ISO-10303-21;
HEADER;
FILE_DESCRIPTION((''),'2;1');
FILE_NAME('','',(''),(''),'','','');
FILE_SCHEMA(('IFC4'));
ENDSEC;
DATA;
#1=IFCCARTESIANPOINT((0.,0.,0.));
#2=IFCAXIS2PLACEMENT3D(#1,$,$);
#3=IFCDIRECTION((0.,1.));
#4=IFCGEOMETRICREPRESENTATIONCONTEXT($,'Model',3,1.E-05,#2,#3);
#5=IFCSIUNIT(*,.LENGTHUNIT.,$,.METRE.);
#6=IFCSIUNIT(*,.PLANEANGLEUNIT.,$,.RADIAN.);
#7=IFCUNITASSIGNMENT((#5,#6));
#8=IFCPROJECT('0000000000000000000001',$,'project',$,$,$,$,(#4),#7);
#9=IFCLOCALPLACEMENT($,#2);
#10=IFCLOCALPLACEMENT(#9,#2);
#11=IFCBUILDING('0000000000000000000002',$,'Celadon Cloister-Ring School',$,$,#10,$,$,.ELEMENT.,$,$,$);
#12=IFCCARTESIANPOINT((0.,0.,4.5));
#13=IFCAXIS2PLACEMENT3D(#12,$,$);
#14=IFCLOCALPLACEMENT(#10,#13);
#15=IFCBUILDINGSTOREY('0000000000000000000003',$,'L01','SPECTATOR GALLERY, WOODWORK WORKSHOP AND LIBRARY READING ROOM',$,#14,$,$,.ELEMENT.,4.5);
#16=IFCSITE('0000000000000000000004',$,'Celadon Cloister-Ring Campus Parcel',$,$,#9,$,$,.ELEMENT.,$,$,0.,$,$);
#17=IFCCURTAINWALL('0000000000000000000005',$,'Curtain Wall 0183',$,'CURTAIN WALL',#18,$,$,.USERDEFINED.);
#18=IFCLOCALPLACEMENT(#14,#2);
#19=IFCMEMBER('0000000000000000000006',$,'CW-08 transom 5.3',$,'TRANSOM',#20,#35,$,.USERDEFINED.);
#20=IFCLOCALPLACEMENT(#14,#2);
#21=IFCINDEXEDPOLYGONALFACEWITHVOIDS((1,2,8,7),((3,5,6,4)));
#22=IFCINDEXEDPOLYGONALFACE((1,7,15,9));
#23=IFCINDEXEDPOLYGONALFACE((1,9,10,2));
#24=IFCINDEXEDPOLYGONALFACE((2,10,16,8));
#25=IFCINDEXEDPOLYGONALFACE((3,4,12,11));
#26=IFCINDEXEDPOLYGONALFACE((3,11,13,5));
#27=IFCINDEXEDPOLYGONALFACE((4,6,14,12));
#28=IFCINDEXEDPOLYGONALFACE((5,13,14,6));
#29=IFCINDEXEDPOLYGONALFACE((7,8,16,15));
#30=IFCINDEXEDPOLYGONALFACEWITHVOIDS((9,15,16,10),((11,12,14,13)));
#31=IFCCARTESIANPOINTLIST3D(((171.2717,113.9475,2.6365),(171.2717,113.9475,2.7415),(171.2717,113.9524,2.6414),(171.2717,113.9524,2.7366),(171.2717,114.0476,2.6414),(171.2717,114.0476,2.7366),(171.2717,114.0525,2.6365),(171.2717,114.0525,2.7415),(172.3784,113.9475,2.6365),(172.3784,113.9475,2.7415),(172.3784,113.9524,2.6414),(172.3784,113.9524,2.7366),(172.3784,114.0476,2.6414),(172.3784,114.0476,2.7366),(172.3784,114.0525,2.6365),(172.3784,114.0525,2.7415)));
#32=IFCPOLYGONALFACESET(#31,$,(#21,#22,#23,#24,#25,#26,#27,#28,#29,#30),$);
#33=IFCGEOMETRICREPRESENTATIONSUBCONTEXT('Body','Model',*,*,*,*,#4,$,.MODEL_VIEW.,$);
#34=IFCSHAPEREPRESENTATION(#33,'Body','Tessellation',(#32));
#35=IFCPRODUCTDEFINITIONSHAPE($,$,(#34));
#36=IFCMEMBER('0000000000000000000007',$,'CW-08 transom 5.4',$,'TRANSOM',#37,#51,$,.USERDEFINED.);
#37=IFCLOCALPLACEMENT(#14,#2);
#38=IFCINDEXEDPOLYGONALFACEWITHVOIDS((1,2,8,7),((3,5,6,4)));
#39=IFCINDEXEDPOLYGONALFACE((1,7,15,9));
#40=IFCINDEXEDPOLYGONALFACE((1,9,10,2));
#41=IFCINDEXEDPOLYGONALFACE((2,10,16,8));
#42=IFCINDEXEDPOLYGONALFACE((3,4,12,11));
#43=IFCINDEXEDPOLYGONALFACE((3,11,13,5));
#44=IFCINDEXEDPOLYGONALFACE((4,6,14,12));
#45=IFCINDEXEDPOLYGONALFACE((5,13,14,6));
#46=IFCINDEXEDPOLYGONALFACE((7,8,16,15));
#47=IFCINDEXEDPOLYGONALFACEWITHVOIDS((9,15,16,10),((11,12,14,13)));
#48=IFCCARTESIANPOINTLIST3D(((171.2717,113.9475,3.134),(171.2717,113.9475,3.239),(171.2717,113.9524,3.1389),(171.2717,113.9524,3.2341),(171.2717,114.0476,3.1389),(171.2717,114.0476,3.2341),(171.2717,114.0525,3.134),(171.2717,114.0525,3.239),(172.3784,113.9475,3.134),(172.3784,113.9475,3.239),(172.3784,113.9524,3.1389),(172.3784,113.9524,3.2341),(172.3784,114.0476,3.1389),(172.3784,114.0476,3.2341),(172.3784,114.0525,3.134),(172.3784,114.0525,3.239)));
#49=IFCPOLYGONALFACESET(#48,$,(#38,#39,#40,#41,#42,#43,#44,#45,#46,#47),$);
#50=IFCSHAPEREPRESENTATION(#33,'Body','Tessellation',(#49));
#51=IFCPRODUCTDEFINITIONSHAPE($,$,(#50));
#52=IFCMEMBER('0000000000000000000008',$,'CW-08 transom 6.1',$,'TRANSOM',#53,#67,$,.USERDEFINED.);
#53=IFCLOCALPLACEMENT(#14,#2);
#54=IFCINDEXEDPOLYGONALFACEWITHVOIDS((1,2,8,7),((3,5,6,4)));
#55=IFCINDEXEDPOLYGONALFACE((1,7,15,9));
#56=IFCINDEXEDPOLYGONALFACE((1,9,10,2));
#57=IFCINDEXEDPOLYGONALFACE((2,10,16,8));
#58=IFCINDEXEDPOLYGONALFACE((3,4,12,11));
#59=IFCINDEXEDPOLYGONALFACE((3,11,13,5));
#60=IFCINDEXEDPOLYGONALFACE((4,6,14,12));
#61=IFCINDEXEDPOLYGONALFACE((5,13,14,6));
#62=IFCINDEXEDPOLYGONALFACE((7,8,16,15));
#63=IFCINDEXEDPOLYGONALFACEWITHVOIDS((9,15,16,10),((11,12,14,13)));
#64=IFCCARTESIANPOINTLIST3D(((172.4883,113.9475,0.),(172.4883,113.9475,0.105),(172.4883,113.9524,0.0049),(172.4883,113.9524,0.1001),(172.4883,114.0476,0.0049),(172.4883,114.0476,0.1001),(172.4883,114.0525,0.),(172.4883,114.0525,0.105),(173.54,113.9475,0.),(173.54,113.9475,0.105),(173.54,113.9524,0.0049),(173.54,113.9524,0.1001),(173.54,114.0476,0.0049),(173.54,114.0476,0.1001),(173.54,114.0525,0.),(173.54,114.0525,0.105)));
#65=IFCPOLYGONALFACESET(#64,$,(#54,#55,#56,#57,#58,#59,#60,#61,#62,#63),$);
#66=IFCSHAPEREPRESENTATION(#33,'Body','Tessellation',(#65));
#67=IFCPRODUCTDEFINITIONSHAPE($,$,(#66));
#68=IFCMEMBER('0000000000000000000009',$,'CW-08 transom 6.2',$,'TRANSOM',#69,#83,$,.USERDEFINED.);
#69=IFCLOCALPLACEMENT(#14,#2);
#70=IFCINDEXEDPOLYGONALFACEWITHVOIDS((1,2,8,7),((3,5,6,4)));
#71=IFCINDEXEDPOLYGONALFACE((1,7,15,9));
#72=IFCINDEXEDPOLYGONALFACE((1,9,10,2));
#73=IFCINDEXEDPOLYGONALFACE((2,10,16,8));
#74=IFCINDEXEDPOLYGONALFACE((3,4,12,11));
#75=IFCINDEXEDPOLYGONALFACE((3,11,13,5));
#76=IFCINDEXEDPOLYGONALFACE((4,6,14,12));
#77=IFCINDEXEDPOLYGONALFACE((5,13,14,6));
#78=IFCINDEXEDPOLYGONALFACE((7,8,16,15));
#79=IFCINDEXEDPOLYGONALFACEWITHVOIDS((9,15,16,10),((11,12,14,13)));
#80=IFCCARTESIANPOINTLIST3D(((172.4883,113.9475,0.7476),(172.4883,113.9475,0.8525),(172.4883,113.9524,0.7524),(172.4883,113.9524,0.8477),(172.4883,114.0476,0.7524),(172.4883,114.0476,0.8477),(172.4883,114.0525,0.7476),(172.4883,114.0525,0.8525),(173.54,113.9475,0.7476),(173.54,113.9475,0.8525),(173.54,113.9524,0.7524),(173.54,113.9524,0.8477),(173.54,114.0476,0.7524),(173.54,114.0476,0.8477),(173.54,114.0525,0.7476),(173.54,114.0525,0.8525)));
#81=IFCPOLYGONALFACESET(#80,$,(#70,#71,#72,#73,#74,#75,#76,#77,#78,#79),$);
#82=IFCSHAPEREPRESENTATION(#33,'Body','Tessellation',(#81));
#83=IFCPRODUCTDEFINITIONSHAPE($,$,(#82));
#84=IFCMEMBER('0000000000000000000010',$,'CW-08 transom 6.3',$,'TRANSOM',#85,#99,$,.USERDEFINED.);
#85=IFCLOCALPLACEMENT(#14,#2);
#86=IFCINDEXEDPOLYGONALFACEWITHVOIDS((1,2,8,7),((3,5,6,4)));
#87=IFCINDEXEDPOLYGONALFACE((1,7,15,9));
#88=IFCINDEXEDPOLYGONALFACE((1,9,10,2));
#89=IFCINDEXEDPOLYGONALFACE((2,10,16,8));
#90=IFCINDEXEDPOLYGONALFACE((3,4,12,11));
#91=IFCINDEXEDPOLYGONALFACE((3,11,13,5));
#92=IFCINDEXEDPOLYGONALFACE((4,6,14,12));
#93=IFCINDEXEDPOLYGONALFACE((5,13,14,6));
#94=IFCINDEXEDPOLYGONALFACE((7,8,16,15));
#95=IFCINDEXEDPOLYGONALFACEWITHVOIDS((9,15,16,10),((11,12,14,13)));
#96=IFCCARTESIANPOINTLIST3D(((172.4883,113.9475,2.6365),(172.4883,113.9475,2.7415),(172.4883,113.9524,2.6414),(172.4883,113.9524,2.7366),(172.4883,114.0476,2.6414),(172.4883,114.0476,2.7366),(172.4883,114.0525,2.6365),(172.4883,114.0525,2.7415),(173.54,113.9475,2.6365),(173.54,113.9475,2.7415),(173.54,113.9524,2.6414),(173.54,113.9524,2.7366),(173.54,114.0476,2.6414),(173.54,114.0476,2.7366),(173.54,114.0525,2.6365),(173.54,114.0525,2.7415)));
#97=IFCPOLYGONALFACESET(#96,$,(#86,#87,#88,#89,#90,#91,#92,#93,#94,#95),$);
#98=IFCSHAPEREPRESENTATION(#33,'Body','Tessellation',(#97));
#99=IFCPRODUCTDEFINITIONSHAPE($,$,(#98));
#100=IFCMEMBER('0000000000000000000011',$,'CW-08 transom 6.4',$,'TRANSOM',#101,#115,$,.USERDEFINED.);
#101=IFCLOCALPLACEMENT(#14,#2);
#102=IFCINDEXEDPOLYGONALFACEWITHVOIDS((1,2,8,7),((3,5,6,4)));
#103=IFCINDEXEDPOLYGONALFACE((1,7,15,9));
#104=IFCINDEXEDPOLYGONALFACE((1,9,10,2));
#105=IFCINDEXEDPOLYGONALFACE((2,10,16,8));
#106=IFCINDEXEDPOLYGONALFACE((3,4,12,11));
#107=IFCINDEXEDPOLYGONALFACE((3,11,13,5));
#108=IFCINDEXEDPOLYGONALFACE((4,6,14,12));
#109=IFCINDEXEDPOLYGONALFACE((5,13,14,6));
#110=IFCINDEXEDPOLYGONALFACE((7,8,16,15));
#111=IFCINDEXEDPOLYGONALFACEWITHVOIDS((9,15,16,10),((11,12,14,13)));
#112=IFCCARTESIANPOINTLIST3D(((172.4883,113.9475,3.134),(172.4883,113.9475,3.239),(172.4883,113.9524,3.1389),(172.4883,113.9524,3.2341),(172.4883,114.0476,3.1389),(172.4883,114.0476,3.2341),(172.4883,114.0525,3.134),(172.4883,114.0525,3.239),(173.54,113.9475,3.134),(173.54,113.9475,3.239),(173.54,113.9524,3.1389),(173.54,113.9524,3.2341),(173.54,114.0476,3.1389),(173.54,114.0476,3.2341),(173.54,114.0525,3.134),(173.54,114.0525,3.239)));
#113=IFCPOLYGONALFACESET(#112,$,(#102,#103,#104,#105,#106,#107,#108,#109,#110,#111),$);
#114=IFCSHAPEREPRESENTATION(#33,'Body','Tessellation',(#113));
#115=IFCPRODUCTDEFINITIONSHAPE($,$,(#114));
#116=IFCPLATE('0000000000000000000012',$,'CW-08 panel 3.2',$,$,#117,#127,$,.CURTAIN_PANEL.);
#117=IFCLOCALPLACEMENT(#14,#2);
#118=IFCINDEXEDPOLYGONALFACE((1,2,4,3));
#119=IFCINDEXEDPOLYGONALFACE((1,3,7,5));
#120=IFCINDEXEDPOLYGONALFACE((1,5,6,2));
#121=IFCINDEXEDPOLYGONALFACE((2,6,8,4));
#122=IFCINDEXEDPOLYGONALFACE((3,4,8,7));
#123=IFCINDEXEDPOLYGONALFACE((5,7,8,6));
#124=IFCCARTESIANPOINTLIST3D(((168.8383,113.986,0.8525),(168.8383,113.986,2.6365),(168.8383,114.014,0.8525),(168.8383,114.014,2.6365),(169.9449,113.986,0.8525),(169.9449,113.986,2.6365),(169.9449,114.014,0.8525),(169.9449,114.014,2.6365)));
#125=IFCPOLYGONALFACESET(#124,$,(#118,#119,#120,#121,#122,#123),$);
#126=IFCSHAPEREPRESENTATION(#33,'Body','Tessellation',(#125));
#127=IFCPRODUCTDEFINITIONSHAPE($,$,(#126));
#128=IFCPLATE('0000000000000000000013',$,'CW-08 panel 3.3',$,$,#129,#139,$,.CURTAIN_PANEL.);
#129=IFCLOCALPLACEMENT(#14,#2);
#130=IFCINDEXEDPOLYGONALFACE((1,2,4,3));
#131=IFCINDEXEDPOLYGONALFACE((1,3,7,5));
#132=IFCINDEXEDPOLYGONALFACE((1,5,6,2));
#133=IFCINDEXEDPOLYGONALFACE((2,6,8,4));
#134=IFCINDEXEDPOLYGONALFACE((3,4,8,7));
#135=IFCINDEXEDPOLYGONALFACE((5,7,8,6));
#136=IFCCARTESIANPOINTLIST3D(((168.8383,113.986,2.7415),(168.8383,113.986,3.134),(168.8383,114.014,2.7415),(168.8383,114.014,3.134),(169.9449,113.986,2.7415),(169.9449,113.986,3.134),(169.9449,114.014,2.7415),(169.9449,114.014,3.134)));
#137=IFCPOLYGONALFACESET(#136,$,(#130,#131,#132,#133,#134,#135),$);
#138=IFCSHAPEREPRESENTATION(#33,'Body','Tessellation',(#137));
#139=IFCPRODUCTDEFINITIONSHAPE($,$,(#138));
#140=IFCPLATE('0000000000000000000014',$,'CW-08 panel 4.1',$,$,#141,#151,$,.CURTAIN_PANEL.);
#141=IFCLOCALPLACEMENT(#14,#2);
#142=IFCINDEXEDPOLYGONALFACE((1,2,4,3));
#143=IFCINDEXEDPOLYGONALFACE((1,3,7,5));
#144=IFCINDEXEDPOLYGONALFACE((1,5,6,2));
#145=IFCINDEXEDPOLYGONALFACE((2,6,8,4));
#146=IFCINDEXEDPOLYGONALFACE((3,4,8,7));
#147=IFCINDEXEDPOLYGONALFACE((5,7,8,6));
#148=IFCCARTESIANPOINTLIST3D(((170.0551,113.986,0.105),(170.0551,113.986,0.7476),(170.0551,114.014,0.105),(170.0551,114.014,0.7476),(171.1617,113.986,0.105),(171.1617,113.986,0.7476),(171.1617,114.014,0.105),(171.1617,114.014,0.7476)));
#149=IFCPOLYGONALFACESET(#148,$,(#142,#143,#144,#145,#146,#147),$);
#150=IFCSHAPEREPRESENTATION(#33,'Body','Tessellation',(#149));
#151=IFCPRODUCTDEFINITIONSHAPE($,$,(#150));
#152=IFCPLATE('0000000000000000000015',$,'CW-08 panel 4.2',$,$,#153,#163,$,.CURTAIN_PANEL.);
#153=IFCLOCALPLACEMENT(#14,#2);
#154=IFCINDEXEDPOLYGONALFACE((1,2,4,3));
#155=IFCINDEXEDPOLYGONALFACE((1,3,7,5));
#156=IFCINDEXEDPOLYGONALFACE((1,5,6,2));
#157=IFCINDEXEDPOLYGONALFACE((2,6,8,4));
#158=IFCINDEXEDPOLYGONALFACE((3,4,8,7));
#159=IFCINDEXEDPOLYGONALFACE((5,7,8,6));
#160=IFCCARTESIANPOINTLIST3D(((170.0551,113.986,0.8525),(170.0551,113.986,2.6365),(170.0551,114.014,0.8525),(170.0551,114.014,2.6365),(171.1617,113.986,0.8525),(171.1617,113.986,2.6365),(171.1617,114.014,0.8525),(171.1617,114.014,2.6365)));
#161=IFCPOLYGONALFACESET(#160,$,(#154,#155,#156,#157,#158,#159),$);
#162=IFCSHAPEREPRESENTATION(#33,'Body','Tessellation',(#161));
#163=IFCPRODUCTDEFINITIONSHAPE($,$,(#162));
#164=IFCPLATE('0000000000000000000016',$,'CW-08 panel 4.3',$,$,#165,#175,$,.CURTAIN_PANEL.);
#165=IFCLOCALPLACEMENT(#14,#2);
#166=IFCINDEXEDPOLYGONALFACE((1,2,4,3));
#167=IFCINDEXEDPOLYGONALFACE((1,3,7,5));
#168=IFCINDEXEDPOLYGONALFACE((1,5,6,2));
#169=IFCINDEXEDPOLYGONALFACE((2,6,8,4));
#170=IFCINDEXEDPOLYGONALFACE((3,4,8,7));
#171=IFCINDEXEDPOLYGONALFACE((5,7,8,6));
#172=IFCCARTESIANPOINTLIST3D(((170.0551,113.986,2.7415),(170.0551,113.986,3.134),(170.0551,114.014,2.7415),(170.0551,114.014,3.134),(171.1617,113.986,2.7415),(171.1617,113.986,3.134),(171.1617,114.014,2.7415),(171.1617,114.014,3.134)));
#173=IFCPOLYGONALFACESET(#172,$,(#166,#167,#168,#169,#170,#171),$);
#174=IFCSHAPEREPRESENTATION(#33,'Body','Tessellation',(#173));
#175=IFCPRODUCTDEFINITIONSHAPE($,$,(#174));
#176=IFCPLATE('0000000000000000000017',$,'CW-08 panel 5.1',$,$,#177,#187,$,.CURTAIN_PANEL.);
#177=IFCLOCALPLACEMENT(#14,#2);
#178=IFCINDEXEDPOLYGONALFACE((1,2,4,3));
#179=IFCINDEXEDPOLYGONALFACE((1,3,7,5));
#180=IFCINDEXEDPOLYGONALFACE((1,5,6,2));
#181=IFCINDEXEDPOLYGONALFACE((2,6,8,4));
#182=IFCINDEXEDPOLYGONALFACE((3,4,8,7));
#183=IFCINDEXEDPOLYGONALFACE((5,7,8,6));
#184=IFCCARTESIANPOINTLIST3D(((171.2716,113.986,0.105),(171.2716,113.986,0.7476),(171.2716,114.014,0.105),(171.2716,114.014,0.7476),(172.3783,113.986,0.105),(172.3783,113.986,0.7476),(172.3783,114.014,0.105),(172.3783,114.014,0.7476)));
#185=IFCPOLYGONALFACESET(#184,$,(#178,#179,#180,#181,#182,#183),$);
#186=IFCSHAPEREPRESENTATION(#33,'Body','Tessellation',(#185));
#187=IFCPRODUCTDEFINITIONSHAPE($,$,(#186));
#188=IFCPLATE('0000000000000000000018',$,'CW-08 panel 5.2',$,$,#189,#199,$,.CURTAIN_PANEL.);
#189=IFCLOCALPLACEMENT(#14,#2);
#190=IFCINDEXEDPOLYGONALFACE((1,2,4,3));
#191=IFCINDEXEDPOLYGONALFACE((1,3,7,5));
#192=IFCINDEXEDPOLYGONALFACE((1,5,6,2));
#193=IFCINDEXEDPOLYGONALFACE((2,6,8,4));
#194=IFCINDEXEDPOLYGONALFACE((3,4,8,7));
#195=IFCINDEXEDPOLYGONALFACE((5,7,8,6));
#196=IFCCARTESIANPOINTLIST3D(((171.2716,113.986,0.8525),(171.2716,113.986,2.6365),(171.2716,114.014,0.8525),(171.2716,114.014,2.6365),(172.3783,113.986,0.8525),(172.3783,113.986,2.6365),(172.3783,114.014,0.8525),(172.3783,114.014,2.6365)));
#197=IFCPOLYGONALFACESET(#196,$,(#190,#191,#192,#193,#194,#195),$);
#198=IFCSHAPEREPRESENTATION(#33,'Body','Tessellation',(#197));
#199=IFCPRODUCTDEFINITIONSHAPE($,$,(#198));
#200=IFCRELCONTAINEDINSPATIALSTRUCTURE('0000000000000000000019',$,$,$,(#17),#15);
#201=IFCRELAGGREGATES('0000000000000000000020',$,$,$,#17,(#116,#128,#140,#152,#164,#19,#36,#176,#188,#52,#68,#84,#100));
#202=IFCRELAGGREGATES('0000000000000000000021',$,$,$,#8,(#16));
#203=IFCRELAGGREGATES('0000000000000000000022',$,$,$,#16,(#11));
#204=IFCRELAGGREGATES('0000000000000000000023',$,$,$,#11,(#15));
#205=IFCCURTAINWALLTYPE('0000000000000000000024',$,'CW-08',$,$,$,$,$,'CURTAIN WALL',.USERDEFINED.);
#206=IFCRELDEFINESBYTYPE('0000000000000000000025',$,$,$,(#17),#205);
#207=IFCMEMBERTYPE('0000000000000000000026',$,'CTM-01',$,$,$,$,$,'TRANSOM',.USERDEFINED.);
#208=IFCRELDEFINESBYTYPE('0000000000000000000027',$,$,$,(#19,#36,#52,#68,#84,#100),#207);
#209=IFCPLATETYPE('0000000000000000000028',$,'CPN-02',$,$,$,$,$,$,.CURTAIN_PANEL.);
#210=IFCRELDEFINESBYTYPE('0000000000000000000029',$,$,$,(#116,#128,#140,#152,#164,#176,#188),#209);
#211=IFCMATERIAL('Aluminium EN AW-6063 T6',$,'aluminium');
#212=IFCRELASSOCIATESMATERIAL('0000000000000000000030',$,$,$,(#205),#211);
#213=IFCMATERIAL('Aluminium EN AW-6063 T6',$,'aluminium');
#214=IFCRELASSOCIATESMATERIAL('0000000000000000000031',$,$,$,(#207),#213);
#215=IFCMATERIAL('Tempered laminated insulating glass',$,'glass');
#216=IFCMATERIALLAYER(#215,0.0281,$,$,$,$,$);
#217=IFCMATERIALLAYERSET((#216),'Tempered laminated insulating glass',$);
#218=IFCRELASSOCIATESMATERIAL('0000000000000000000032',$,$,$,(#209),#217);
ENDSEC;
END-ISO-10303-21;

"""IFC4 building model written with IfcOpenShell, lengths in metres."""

from ifc_helpers import new_model, si_unit, direction, frame, origin, origin_2d, place, context, subcontext, project, spatial, rectangle, hollow_rectangle, extrude, material, layer, layer_set, material_profile, profile_set, type_object, element, aggregate, save


model = new_model("IFC4")

# Units and contexts
model_context = context("Model", 3, precision=1e-05, world=origin(), true_north=direction((0.0, 1.0)))
body_context = subcontext(model_context, "Body", "Model", "MODEL_VIEW")
ifc_project = project(units=[si_unit("LENGTHUNIT", "METRE"), si_unit("PLANEANGLEUNIT", "RADIAN")], contexts=[model_context])

# Site, building, storey
site_placement = place(None, origin())
site = spatial("IfcSite", under=ifc_project, at=site_placement, Name="Celadon Cloister-Ring Campus Parcel", CompositionType="ELEMENT", RefElevation=0.0)
building_placement = place(site_placement, origin())
building = spatial("IfcBuilding", under=site, at=building_placement, Name="Celadon Cloister-Ring School", CompositionType="ELEMENT")
storey_placement = place(building_placement, frame((0.0, 0.0, 4.5)))
storey = spatial("IfcBuildingStorey", under=building, at=storey_placement, Name="L01", Description="SPECTATOR GALLERY, WOODWORK WORKSHOP AND LIBRARY READING ROOM", CompositionType="ELEMENT", Elevation=4.5)

# Curtain wall, members, plates
ifc_material_1 = material(Name="Aluminium EN AW-6063 T6", Category="aluminium")
curtain_wall_type = type_object("IfcCurtainWallType", Name="CW-08", ElementType="CURTAIN WALL", PredefinedType="USERDEFINED", material=ifc_material_1)
curtain_wall_placement = place(storey_placement, origin())
curtain_wall = element("IfcCurtainWall", 1, at=curtain_wall_placement, inside=storey, type_object=curtain_wall_type, Name="Curtain Wall 0183", ObjectType="CURTAIN WALL", PredefinedType="USERDEFINED")
ifc_material_2 = material(Name="Aluminium EN AW-6063 T6", Category="aluminium")
ifc_material_profile_1 = material_profile(ifc_material_2, hollow_rectangle(XDim=0.105, YDim=0.105, WallThickness=0.0049, at=origin_2d()), Name="RHS105X105X5")
ifc_profile_set_1 = profile_set([ifc_material_profile_1], Name="Aluminium EN AW-6063 T6")
member_type_1 = type_object("IfcMemberType", Name="CTM-01", ElementType="TRANSOM", PredefinedType="USERDEFINED", material=ifc_profile_set_1)
member_1_placement = place(storey_placement, frame((171.2717, 114.0, 2.689), z_axis=(1.0, 0.0, 0.0), x_axis=(0.0, 1.0, 0.0)))
member_1 = element("IfcMember", 2, at=member_1_placement, type_object=member_type_1, Name="CW-08 transom 5.3", ObjectType="TRANSOM", PredefinedType="USERDEFINED", context=body_context, shape_type="SweptSolid", body=[
    extrude(hollow_rectangle(XDim=0.105, YDim=0.105, WallThickness=0.0049, at=origin_2d()), origin(), (0.0, 0.0, 1.0), 1.1067),
])
member_2_placement = place(storey_placement, frame((171.2717, 114.0, 3.1865), z_axis=(1.0, 0.0, 0.0), x_axis=(0.0, 1.0, 0.0)))
member_2 = element("IfcMember", 3, at=member_2_placement, type_object=member_type_1, Name="CW-08 transom 5.4", ObjectType="TRANSOM", PredefinedType="USERDEFINED", context=body_context, shape_type="SweptSolid", body=[
    extrude(hollow_rectangle(XDim=0.105, YDim=0.105, WallThickness=0.0049, at=origin_2d()), origin(), (0.0, 0.0, 1.0), 1.1067),
])
member_3_placement = place(storey_placement, frame((172.4883, 114.0, 0.0525), z_axis=(1.0, 0.0, 0.0), x_axis=(0.0, 1.0, 0.0)))
member_3 = element("IfcMember", 4, at=member_3_placement, type_object=member_type_1, Name="CW-08 transom 6.1", ObjectType="TRANSOM", PredefinedType="USERDEFINED", context=body_context, shape_type="SweptSolid", body=[
    extrude(hollow_rectangle(XDim=0.105, YDim=0.105, WallThickness=0.0049, at=origin_2d()), origin(), (0.0, 0.0, 1.0), 1.0518),
])
member_4_placement = place(storey_placement, frame((172.4883, 114.0, 0.8), z_axis=(1.0, 0.0, 0.0), x_axis=(0.0, 1.0, 0.0)))
member_4 = element("IfcMember", 5, at=member_4_placement, type_object=member_type_1, Name="CW-08 transom 6.2", ObjectType="TRANSOM", PredefinedType="USERDEFINED", context=body_context, shape_type="SweptSolid", body=[
    extrude(hollow_rectangle(XDim=0.105, YDim=0.105, WallThickness=0.0049, at=origin_2d()), origin(), (0.0, 0.0, 1.0), 1.0518),
])
member_5_placement = place(storey_placement, frame((172.4883, 114.0, 2.689), z_axis=(1.0, 0.0, 0.0), x_axis=(0.0, 1.0, 0.0)))
member_5 = element("IfcMember", 6, at=member_5_placement, type_object=member_type_1, Name="CW-08 transom 6.3", ObjectType="TRANSOM", PredefinedType="USERDEFINED", context=body_context, shape_type="SweptSolid", body=[
    extrude(hollow_rectangle(XDim=0.105, YDim=0.105, WallThickness=0.0049, at=origin_2d()), origin(), (0.0, 0.0, 1.0), 1.0518),
])
member_6_placement = place(storey_placement, frame((172.4883, 114.0, 3.1865), z_axis=(1.0, 0.0, 0.0), x_axis=(0.0, 1.0, 0.0)))
member_6 = element("IfcMember", 7, at=member_6_placement, type_object=member_type_1, Name="CW-08 transom 6.4", ObjectType="TRANSOM", PredefinedType="USERDEFINED", context=body_context, shape_type="SweptSolid", body=[
    extrude(hollow_rectangle(XDim=0.105, YDim=0.105, WallThickness=0.0049, at=origin_2d()), origin(), (0.0, 0.0, 1.0), 1.0518),
])
ifc_material_3 = material(Name="Tempered laminated insulating glass", Category="glass")
ifc_layer_1 = layer(ifc_material_3, 0.0281)
ifc_layer_set_1 = layer_set([ifc_layer_1], Name="Tempered laminated insulating glass")
plate_type = type_object("IfcPlateType", Name="CPN-02", PredefinedType="CURTAIN_PANEL", material=ifc_layer_set_1)
plate_1_placement = place(storey_placement, frame((169.3916, 114.0, 0.8525), z_axis=(0.0, 0.0, 1.0), x_axis=(1.0, 0.0, 0.0)))
plate_1 = element("IfcPlate", 8, at=plate_1_placement, type_object=plate_type, Name="CW-08 panel 3.2", PredefinedType="CURTAIN_PANEL", context=body_context, shape_type="SweptSolid", body=[
    extrude(rectangle(XDim=1.1067, YDim=0.0281, at=origin_2d()), origin(), (0.0, 0.0, 1.0), 1.7839),
])
plate_2_placement = place(storey_placement, frame((169.3916, 114.0, 2.7415), z_axis=(0.0, 0.0, 1.0), x_axis=(1.0, 0.0, 0.0)))
plate_2 = element("IfcPlate", 9, at=plate_2_placement, type_object=plate_type, Name="CW-08 panel 3.3", PredefinedType="CURTAIN_PANEL", context=body_context, shape_type="SweptSolid", body=[
    extrude(rectangle(XDim=1.1067, YDim=0.0281, at=origin_2d()), origin(), (0.0, 0.0, 1.0), 0.3926),
])
plate_3_placement = place(storey_placement, frame((170.6084, 114.0, 0.105), z_axis=(0.0, 0.0, 1.0), x_axis=(1.0, 0.0, 0.0)))
plate_3 = element("IfcPlate", 10, at=plate_3_placement, type_object=plate_type, Name="CW-08 panel 4.1", PredefinedType="CURTAIN_PANEL", context=body_context, shape_type="SweptSolid", body=[
    extrude(rectangle(XDim=1.1067, YDim=0.0281, at=origin_2d()), origin(), (0.0, 0.0, 1.0), 0.6426),
])
plate_4_placement = place(storey_placement, frame((170.6084, 114.0, 0.8525), z_axis=(0.0, 0.0, 1.0), x_axis=(1.0, 0.0, 0.0)))
plate_4 = element("IfcPlate", 11, at=plate_4_placement, type_object=plate_type, Name="CW-08 panel 4.2", PredefinedType="CURTAIN_PANEL", context=body_context, shape_type="SweptSolid", body=[
    extrude(rectangle(XDim=1.1067, YDim=0.0281, at=origin_2d()), origin(), (0.0, 0.0, 1.0), 1.7839),
])
plate_5_placement = place(storey_placement, frame((170.6084, 114.0, 2.7415), z_axis=(0.0, 0.0, 1.0), x_axis=(1.0, 0.0, 0.0)))
plate_5 = element("IfcPlate", 12, at=plate_5_placement, type_object=plate_type, Name="CW-08 panel 4.3", PredefinedType="CURTAIN_PANEL", context=body_context, shape_type="SweptSolid", body=[
    extrude(rectangle(XDim=1.1067, YDim=0.0281, at=origin_2d()), origin(), (0.0, 0.0, 1.0), 0.3926),
])
plate_6_placement = place(storey_placement, frame((171.825, 114.0, 0.105), z_axis=(0.0, 0.0, 1.0), x_axis=(1.0, 0.0, 0.0)))
plate_6 = element("IfcPlate", 13, at=plate_6_placement, type_object=plate_type, Name="CW-08 panel 5.1", PredefinedType="CURTAIN_PANEL", context=body_context, shape_type="SweptSolid", body=[
    extrude(rectangle(XDim=1.1067, YDim=0.0281, at=origin_2d()), origin(), (0.0, 0.0, 1.0), 0.6426),
])
plate_7_placement = place(storey_placement, frame((171.825, 114.0, 0.8525), z_axis=(0.0, 0.0, 1.0), x_axis=(1.0, 0.0, 0.0)))
plate_7 = element("IfcPlate", 14, at=plate_7_placement, type_object=plate_type, Name="CW-08 panel 5.2", PredefinedType="CURTAIN_PANEL", context=body_context, shape_type="SweptSolid", body=[
    extrude(rectangle(XDim=1.1067, YDim=0.0281, at=origin_2d()), origin(), (0.0, 0.0, 1.0), 1.7839),
])
aggregate(curtain_wall, [plate_1, plate_2, plate_3, plate_4, plate_5, member_1, member_2, plate_6, plate_7, member_3, member_4, member_5, member_6])

save(model, "model.ifc")
